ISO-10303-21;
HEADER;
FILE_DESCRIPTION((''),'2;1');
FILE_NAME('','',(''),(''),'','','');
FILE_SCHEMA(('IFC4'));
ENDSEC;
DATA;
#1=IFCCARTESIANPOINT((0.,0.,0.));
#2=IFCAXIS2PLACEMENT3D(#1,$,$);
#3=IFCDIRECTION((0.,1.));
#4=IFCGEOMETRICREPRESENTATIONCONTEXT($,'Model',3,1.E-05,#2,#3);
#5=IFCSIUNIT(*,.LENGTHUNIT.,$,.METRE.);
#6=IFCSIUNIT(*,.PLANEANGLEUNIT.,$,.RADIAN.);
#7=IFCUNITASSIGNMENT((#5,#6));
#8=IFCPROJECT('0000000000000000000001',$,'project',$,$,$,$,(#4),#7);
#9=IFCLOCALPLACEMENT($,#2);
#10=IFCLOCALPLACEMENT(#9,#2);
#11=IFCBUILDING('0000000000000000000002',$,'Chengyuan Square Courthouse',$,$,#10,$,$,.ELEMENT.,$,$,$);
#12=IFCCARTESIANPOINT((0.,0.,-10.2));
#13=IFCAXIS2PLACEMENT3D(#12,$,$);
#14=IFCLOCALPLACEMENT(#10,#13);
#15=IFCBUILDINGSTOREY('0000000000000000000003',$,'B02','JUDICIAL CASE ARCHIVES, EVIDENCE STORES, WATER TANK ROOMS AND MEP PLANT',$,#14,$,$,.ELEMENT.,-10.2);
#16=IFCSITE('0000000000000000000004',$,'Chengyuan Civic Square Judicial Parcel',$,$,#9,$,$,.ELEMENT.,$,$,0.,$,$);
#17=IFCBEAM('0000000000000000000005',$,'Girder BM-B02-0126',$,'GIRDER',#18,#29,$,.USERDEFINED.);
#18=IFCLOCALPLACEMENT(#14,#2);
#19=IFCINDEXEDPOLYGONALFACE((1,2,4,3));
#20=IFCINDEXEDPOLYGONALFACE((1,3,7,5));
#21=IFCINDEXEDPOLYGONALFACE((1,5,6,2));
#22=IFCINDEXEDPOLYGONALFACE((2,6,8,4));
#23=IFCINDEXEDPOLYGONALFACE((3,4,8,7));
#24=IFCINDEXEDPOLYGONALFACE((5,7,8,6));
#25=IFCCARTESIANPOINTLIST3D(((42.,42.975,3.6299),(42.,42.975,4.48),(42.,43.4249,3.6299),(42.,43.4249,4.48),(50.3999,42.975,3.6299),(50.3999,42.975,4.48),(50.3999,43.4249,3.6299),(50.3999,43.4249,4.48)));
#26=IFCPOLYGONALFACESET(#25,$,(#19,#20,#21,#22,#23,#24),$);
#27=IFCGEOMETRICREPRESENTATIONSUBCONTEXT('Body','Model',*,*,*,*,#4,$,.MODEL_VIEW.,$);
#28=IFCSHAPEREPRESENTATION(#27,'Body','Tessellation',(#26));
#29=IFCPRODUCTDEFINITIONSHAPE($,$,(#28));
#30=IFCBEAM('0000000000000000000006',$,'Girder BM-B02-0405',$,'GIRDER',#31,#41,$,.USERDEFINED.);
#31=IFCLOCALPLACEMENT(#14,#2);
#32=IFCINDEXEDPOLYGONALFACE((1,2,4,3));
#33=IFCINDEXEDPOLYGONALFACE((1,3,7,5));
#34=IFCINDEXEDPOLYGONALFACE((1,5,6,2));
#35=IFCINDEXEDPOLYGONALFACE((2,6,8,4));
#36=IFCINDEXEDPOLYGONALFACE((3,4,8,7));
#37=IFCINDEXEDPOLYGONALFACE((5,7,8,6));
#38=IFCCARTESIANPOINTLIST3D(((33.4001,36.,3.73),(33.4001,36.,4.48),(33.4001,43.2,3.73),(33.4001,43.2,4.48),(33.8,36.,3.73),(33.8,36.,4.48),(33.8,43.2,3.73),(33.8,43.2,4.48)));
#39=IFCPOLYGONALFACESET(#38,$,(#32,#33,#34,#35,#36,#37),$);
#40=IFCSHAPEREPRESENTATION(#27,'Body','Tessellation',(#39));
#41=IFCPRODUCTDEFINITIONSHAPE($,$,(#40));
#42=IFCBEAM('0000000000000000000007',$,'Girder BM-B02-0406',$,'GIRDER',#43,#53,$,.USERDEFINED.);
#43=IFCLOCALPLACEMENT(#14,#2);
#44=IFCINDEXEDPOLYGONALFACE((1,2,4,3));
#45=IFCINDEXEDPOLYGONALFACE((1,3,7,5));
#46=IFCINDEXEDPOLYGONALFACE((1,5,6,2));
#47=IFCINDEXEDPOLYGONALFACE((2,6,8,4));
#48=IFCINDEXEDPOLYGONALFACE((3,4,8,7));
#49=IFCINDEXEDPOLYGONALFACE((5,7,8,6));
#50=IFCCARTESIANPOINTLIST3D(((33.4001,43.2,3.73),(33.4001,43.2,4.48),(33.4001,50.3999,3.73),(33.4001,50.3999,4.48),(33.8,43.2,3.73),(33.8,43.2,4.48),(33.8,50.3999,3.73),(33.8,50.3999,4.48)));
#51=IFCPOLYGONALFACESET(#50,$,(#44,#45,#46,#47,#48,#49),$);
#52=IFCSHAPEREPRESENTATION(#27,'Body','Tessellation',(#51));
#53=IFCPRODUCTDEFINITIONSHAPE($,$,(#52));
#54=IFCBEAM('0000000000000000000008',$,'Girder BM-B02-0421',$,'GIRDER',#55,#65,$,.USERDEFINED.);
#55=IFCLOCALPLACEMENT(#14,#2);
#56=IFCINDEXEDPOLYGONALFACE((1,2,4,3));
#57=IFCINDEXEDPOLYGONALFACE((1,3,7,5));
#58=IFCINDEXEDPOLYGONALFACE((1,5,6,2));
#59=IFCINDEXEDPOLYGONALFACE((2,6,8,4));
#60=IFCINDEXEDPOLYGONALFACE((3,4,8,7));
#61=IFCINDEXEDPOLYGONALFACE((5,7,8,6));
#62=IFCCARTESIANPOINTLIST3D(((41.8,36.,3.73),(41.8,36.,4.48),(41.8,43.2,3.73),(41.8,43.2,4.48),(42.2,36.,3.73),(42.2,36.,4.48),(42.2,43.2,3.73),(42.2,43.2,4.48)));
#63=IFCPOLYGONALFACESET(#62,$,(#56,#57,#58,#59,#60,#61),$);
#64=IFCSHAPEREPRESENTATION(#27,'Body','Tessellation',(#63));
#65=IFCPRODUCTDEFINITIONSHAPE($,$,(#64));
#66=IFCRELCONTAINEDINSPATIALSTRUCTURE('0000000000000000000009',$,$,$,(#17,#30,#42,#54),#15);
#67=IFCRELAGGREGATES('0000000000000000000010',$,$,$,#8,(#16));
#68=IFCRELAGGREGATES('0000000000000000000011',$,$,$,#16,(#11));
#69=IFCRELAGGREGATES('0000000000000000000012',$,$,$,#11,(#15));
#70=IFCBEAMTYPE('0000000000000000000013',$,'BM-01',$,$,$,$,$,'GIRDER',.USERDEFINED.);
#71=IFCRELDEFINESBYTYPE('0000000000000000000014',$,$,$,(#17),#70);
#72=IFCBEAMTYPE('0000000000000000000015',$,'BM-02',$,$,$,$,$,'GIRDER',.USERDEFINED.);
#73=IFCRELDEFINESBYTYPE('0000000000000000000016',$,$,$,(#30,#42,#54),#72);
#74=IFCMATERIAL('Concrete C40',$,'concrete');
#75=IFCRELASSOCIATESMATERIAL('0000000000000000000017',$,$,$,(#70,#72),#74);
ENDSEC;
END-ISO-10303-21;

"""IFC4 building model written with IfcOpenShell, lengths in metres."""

from ifc_helpers import new_model, si_unit, direction, frame, origin, origin_2d, place, context, subcontext, project, spatial, rectangle, extrude, material, material_profile, profile_set, type_object, element, save


model = new_model("IFC4")

# Units and contexts
model_context = context("Model", 3, precision=1e-05, world=origin(), true_north=direction((0.0, 1.0)))
body_context = subcontext(model_context, "Body", "Model", "MODEL_VIEW")
ifc_project = project(units=[si_unit("LENGTHUNIT", "METRE"), si_unit("PLANEANGLEUNIT", "RADIAN")], contexts=[model_context])

# Site, building, storey
site_placement = place(None, origin())
site = spatial("IfcSite", under=ifc_project, at=site_placement, Name="Chengyuan Civic Square Judicial Parcel", CompositionType="ELEMENT", RefElevation=0.0)
building_placement = place(site_placement, origin())
building = spatial("IfcBuilding", under=site, at=building_placement, Name="Chengyuan Square Courthouse", CompositionType="ELEMENT")
storey_placement = place(building_placement, frame((0.0, 0.0, -10.2)))
storey = spatial("IfcBuildingStorey", under=building, at=storey_placement, Name="B02", Description="JUDICIAL CASE ARCHIVES, EVIDENCE STORES, WATER TANK ROOMS AND MEP PLANT", CompositionType="ELEMENT", Elevation=-10.2)

# Shared definitions
ifc_material_1 = material(Name="Concrete C40", Category="concrete")

# Beams
ifc_material_profile_1 = material_profile(ifc_material_1, rectangle(XDim=0.45, YDim=0.8501, at=origin_2d()), Name="RC-BM-450x850")
ifc_profile_set_1 = profile_set([ifc_material_profile_1], Name="Concrete C40")
beam_type_1 = type_object("IfcBeamType", Name="BM-01", ElementType="GIRDER", PredefinedType="USERDEFINED", material=ifc_profile_set_1)
for number, where, z_axis, x_axis, name in (
    (1, (42.0, 43.2, 4.0549), (1.0, 0.0, 0.0), (0.0, 1.0, 0.0), "Girder BM-B02-0126"),
):
    element("IfcBeam", number, at=place(storey_placement, frame(where, z_axis=z_axis, x_axis=x_axis)), inside=storey, type_object=beam_type_1, Name=name, ObjectType="GIRDER", PredefinedType="USERDEFINED", context=body_context, shape_type="SweptSolid", body=[
        extrude(rectangle(XDim=0.45, YDim=0.8501, at=origin_2d()), origin(), (0.0, 0.0, 1.0), 8.3999),
    ])
ifc_material_profile_2 = material_profile(ifc_material_1, rectangle(XDim=0.3999, YDim=0.75, at=origin_2d()), Name="RC-BM-400x750")
ifc_profile_set_2 = profile_set([ifc_material_profile_2], Name="Concrete C40")
beam_type_2 = type_object("IfcBeamType", Name="BM-02", ElementType="GIRDER", PredefinedType="USERDEFINED", material=ifc_profile_set_2)
for number, where, z_axis, x_axis, name in (
    (2, (33.6001, 36.0, 4.105), (0.0, 1.0, 0.0), (-1.0, 0.0, 0.0), "Girder BM-B02-0405"),
    (3, (33.6001, 43.2, 4.105), (0.0, 1.0, 0.0), (-1.0, 0.0, 0.0), "Girder BM-B02-0406"),
    (4, (42.0, 36.0, 4.105), (0.0, 1.0, 0.0), (-1.0, 0.0, 0.0), "Girder BM-B02-0421"),
):
    element("IfcBeam", number, at=place(storey_placement, frame(where, z_axis=z_axis, x_axis=x_axis)), inside=storey, type_object=beam_type_2, Name=name, ObjectType="GIRDER", PredefinedType="USERDEFINED", context=body_context, shape_type="SweptSolid", body=[
        extrude(rectangle(XDim=0.3999, YDim=0.75, at=origin_2d()), origin(), (0.0, 0.0, 1.0), 7.2),
    ])

save(model, "model.ifc")
